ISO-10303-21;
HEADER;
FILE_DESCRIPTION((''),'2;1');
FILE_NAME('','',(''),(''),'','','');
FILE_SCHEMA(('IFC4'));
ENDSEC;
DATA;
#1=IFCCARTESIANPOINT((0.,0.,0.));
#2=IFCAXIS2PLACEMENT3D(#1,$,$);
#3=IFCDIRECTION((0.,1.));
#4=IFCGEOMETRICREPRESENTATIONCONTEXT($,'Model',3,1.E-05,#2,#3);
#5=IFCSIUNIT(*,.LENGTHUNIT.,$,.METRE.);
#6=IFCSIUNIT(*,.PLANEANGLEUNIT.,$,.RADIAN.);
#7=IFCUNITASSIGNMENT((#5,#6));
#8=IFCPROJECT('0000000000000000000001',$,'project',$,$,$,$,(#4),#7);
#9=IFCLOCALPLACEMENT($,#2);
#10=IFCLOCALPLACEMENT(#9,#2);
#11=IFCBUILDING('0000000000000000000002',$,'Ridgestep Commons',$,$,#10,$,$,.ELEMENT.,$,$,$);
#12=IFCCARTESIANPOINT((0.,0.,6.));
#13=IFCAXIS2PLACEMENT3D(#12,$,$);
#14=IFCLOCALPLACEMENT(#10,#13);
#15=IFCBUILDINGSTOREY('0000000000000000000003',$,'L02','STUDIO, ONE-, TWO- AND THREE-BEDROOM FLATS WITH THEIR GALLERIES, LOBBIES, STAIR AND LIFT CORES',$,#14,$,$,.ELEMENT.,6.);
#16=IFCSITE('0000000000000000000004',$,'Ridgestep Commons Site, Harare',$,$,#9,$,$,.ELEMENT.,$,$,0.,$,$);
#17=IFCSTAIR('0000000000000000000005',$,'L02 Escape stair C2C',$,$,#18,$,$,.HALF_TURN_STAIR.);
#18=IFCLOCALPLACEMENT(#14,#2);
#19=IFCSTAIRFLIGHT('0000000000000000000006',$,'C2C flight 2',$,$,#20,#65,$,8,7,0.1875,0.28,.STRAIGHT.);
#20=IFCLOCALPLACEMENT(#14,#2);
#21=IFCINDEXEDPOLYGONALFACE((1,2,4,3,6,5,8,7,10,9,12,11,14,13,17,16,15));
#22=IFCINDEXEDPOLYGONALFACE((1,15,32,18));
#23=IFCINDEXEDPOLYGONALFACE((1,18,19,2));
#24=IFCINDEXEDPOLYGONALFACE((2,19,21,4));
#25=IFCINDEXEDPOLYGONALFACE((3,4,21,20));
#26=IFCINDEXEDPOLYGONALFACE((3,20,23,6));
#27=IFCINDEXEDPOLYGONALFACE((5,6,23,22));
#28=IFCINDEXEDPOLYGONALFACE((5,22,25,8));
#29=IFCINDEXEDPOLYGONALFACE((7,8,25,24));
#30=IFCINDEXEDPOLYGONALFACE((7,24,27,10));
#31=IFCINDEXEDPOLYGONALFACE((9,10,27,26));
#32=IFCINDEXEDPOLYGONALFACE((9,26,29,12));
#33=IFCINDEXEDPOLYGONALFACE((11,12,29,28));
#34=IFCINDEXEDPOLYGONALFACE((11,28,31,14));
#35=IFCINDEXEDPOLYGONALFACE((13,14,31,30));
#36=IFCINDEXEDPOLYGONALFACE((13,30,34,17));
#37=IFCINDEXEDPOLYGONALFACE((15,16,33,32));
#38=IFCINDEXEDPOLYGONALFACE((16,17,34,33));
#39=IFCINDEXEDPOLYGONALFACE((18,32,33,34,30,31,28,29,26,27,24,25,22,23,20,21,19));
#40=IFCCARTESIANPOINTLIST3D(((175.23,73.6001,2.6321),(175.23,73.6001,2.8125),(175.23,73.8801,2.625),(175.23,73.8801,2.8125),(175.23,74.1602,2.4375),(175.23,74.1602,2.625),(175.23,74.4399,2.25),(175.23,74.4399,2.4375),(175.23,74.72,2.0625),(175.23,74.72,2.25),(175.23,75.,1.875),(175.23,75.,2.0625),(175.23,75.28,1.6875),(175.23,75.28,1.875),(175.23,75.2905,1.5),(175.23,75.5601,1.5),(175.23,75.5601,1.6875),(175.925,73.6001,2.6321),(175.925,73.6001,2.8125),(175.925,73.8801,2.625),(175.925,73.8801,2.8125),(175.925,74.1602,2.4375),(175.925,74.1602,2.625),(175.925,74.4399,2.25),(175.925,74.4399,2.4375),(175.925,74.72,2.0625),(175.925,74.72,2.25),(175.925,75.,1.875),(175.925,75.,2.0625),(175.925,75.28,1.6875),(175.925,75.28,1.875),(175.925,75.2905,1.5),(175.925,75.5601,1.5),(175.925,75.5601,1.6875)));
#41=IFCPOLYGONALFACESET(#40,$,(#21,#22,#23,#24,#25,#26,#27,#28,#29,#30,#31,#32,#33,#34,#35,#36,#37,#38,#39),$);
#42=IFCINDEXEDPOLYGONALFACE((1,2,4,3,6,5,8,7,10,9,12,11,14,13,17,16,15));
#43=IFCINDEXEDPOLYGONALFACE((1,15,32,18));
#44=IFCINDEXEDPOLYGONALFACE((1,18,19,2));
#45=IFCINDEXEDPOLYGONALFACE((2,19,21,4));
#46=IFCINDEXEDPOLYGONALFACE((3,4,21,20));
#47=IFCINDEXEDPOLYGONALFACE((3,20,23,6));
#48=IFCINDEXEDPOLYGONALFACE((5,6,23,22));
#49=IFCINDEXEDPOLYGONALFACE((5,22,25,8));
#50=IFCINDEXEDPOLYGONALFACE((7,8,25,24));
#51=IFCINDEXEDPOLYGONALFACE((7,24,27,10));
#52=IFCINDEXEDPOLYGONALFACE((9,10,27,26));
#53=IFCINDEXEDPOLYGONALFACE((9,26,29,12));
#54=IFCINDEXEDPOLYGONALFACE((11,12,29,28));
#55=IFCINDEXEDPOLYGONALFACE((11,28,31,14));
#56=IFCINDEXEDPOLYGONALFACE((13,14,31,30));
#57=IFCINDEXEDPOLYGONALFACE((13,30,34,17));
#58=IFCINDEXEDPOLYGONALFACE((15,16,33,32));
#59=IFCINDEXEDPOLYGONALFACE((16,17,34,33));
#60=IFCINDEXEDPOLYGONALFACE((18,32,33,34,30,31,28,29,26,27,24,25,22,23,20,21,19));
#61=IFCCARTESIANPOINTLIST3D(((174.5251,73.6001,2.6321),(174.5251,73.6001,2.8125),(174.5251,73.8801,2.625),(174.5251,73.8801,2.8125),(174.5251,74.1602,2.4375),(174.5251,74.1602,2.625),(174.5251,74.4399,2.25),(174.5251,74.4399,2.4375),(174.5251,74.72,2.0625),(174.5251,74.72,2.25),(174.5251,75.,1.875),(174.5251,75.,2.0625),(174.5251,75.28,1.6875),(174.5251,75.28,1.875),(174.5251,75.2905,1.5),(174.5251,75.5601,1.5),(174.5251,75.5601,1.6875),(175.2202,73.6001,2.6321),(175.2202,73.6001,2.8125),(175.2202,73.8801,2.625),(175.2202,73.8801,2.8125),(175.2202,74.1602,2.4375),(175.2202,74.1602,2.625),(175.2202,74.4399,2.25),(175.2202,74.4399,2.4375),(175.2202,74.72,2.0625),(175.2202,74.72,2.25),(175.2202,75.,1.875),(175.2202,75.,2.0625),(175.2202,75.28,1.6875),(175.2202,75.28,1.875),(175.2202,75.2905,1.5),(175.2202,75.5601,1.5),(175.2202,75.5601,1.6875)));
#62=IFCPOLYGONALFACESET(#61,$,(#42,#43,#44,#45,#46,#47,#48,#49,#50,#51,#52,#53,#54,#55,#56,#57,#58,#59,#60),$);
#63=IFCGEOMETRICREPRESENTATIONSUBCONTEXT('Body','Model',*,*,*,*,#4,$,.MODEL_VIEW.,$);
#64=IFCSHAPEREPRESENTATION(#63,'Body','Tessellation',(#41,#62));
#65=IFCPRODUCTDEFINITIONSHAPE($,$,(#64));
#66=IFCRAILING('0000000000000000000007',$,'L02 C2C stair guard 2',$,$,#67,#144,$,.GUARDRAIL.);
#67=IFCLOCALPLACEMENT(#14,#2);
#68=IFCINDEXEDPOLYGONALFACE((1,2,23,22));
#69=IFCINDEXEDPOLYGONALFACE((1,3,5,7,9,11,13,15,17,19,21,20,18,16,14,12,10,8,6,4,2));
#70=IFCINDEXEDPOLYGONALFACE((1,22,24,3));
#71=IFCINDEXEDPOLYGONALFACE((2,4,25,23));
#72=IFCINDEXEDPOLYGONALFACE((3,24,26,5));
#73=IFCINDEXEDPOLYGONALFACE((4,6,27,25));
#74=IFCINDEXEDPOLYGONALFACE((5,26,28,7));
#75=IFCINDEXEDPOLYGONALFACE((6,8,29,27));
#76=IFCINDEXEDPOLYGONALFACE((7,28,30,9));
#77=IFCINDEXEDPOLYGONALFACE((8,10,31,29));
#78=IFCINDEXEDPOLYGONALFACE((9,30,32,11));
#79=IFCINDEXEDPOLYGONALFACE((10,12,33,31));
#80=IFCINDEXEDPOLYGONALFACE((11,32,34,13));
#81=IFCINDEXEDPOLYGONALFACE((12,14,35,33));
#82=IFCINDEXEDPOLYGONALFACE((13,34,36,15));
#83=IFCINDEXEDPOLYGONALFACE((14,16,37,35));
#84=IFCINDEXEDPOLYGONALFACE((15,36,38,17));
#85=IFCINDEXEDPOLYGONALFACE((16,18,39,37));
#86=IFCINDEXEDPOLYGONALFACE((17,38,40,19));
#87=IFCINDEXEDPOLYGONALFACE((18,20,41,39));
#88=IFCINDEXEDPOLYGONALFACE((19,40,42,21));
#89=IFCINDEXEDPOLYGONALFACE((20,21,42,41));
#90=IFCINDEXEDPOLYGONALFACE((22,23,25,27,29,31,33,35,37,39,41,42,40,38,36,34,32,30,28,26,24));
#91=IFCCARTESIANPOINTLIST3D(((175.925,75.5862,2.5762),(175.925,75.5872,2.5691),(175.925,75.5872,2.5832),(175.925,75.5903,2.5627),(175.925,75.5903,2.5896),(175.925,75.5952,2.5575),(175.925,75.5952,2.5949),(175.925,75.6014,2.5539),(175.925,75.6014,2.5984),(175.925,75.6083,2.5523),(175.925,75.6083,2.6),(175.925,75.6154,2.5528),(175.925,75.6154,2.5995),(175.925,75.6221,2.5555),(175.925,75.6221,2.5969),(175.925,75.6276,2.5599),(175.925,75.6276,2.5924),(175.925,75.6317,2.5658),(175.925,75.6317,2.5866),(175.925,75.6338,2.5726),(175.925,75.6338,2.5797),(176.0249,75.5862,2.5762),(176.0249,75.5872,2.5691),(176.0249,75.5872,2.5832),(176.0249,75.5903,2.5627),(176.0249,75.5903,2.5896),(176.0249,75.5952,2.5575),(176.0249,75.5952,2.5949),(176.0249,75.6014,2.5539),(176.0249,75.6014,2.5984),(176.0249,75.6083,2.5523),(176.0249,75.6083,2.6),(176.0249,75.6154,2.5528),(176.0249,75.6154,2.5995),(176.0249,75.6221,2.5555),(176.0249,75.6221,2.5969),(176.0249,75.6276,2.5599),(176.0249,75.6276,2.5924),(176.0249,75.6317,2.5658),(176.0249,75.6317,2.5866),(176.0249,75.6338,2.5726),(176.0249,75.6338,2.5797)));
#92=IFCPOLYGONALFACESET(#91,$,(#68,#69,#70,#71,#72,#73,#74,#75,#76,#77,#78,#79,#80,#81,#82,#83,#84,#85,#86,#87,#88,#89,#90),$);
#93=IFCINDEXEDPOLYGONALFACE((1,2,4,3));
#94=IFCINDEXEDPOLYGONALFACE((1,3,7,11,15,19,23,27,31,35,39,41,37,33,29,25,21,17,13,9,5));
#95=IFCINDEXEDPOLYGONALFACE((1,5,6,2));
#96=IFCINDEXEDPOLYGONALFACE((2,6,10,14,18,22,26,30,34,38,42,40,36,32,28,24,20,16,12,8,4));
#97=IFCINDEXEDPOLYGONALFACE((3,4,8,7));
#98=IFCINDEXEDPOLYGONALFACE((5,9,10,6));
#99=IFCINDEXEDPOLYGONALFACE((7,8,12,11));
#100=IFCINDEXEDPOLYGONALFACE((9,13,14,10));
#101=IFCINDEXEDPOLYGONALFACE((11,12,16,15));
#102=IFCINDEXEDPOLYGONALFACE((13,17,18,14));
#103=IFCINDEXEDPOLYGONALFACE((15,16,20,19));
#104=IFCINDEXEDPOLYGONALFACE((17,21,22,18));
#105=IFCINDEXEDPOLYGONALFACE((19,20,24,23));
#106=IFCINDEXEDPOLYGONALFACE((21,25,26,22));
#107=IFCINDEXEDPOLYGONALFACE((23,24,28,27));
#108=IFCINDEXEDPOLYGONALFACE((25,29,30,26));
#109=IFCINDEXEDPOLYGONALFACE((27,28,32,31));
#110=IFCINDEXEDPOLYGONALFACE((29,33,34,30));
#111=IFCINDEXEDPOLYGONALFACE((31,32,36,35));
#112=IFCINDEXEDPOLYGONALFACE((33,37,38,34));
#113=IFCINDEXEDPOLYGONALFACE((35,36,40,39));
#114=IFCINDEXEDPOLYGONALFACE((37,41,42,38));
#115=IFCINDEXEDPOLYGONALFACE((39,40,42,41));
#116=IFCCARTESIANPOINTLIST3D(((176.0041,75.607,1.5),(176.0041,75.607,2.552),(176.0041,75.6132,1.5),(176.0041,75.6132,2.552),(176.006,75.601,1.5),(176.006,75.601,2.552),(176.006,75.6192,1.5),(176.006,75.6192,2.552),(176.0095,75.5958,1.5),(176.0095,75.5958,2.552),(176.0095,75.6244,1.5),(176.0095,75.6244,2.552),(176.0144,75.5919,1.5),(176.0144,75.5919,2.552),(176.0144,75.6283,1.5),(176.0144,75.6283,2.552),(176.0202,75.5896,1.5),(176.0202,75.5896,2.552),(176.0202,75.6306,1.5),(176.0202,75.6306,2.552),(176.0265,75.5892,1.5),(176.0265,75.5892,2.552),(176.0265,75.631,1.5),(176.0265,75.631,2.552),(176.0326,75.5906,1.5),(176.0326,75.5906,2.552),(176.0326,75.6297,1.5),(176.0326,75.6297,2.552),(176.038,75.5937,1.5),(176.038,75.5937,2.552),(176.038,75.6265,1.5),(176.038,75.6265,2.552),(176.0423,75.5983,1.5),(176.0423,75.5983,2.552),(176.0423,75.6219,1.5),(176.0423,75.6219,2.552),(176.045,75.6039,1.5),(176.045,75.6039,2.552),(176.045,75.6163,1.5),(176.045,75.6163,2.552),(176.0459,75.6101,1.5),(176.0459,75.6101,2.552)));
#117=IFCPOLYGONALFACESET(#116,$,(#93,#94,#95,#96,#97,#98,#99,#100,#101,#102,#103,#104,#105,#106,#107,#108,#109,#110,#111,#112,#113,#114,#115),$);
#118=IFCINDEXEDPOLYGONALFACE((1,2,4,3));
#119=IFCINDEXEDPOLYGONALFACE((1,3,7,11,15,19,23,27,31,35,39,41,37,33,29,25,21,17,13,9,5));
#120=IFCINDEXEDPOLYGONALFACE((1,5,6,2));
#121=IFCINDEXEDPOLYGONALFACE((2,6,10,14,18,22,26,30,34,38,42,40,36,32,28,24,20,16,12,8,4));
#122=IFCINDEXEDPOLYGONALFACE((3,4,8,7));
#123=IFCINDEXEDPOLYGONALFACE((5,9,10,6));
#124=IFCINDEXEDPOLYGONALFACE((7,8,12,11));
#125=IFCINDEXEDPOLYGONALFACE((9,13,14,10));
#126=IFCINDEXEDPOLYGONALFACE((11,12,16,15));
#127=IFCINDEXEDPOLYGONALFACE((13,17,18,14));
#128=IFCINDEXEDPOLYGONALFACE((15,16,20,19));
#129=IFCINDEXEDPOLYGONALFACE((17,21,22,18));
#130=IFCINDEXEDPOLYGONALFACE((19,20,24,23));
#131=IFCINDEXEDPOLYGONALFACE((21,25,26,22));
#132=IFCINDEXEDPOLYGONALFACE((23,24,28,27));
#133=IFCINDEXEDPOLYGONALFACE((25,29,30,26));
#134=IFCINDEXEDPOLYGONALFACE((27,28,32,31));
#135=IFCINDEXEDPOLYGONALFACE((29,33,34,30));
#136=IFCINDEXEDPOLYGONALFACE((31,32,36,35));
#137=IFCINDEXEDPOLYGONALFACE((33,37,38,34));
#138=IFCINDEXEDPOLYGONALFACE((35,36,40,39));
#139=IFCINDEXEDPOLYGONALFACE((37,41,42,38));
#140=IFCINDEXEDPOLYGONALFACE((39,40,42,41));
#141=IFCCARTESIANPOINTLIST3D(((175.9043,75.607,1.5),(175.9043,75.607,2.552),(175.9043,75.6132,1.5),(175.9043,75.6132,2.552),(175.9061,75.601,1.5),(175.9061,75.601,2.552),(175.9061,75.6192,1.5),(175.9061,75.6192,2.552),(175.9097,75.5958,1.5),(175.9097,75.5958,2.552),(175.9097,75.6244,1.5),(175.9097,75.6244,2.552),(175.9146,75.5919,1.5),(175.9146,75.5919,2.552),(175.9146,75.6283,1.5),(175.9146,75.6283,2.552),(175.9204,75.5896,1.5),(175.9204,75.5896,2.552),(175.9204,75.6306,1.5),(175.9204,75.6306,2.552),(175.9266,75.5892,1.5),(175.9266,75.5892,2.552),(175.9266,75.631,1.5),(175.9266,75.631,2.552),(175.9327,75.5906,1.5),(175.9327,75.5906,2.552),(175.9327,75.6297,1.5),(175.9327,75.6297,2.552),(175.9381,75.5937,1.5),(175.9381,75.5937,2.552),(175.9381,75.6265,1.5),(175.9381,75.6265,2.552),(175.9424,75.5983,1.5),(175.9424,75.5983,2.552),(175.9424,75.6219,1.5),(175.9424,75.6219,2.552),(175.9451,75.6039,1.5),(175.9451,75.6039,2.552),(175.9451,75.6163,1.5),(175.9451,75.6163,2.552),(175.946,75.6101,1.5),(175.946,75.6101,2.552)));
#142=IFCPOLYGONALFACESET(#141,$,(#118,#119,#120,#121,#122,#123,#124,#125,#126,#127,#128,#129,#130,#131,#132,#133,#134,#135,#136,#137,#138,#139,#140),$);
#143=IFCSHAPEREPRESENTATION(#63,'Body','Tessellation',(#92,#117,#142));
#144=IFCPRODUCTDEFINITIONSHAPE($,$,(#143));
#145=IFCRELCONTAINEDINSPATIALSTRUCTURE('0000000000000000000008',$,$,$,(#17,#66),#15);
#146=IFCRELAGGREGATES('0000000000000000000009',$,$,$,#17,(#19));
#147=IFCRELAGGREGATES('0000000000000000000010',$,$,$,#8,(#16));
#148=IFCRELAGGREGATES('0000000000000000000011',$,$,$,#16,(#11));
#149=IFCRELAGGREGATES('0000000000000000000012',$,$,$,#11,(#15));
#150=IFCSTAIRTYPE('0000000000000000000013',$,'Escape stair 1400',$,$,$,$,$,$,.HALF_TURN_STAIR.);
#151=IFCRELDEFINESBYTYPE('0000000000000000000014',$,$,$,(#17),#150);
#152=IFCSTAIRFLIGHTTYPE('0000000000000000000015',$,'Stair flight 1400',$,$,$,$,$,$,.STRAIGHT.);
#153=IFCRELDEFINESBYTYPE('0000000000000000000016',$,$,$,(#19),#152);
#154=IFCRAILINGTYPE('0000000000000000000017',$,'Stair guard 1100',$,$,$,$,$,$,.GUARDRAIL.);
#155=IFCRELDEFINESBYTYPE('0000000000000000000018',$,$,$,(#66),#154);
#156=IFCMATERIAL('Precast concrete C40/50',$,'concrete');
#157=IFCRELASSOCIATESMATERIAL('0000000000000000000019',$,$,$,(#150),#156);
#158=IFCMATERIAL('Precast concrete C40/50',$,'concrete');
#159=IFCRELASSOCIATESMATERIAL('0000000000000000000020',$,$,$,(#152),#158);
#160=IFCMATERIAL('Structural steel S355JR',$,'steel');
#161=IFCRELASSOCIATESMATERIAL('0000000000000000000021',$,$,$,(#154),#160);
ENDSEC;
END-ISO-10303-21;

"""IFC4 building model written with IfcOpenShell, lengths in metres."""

from ifc_helpers import new_model, si_unit, direction, frame, origin, origin_2d, place, context, subcontext, project, spatial, polyline, circle, outline, extrude, material, type_object, element, aggregate, save


model = new_model("IFC4")

# Units and contexts
model_context = context("Model", 3, precision=1e-05, world=origin(), true_north=direction((0.0, 1.0)))
body_context = subcontext(model_context, "Body", "Model", "MODEL_VIEW")
ifc_project = project(units=[si_unit("LENGTHUNIT", "METRE"), si_unit("PLANEANGLEUNIT", "RADIAN")], contexts=[model_context])

# Site, building, storey
site_placement = place(None, origin())
site = spatial("IfcSite", under=ifc_project, at=site_placement, Name="Ridgestep Commons Site, Harare", CompositionType="ELEMENT", RefElevation=0.0)
building_placement = place(site_placement, origin())
building = spatial("IfcBuilding", under=site, at=building_placement, Name="Ridgestep Commons", CompositionType="ELEMENT")
storey_placement = place(building_placement, frame((0.0, 0.0, 6.0)))
storey = spatial("IfcBuildingStorey", under=building, at=storey_placement, Name="L02", Description="STUDIO, ONE-, TWO- AND THREE-BEDROOM FLATS WITH THEIR GALLERIES, LOBBIES, STAIR AND LIFT CORES", CompositionType="ELEMENT", Elevation=6.0)

# Stair, stair flight
ifc_material_1 = material(Name="Precast concrete C40/50", Category="concrete")
stair_type = type_object("IfcStairType", Name="Escape stair 1400", PredefinedType="HALF_TURN_STAIR", material=ifc_material_1)
stair_placement = place(storey_placement, origin())
stair = element("IfcStair", 1, at=stair_placement, inside=storey, type_object=stair_type, Name="L02 Escape stair C2C", PredefinedType="HALF_TURN_STAIR")
ifc_material_2 = material(Name="Precast concrete C40/50", Category="concrete")
stair_flight_type = type_object("IfcStairFlightType", Name="Stair flight 1400", PredefinedType="STRAIGHT", material=ifc_material_2)
stair_flight_placement = place(storey_placement, frame((175.2251, 75.5601, 1.5), z_axis=(0.0, 0.0, 1.0), x_axis=(0.0, -1.0, 0.0)))
stair_flight = element("IfcStairFlight", 2, at=stair_flight_placement, type_object=stair_flight_type, Name="C2C flight 2", NumberOfRisers=8, NumberOfTreads=7, PredefinedType="STRAIGHT", RiserHeight=0.1875, TreadLength=0.28, context=body_context, shape_type="SweptSolid", body=[
    extrude(outline(polyline([(0.0, 0.0), (0.0, 0.1875), (0.28, 0.1875), (0.28, 0.375), (0.5601, 0.375), (0.5601, 0.5625), (0.8401, 0.5625), (0.8401, 0.75), (1.1201, 0.75), (1.1201, 0.9375), (1.3999, 0.9375), (1.3999, 1.125), (1.6799, 1.125), (1.6799, 1.3125), (1.96, 1.3125), (1.96, 1.5), (1.96, 1.1321), (0.2695, 0.0), (0.0, 0.0)])), frame((0.0, 0.7, 0.0), z_axis=(0.0, -1.0, 0.0), x_axis=(1.0, 0.0, 0.0)), (0.0, 0.0, 1.0), 0.6951),
    extrude(outline(polyline([(0.0, 0.0), (0.0, 0.1875), (0.28, 0.1875), (0.28, 0.375), (0.5601, 0.375), (0.5601, 0.5625), (0.8401, 0.5625), (0.8401, 0.75), (1.1201, 0.75), (1.1201, 0.9375), (1.3999, 0.9375), (1.3999, 1.125), (1.6799, 1.125), (1.6799, 1.3125), (1.96, 1.3125), (1.96, 1.5), (1.96, 1.1321), (0.2695, 0.0), (0.0, 0.0)])), frame((0.0, -0.0049, 0.0), z_axis=(0.0, -1.0, 0.0), x_axis=(1.0, 0.0, 0.0)), (0.0, 0.0, 1.0), 0.6951),
])
aggregate(stair, [stair_flight])

# Railing
ifc_material_3 = material(Name="Structural steel S355JR", Category="steel")
railing_type_1 = type_object("IfcRailingType", Name="Stair guard 1100", PredefinedType="GUARDRAIL", material=ifc_material_3)
railing_1_placement = place(storey_placement, frame((176.0249, 75.6101, 1.5)))
element("IfcRailing", 3, at=railing_1_placement, inside=storey, type_object=railing_type_1, Name="L02 C2C stair guard 2", PredefinedType="GUARDRAIL", context=body_context, shape_type="SweptSolid", body=[
    extrude(circle(Radius=0.0239, at=origin_2d()), frame((0.0, 0.0, 1.0762), z_axis=(-1.0, 0.0, 0.0), x_axis=(0.0, -1.0, 0.0)), (0.0, 0.0, 1.0), 0.0999),
    extrude(circle(Radius=0.021, at=origin_2d()), origin(), (0.0, 0.0, 1.0), 1.052),
    extrude(circle(Radius=0.021, at=origin_2d()), frame((-0.0999, 0.0, 0.0)), (0.0, 0.0, 1.0), 1.052),
])

save(model, "model.ifc")
